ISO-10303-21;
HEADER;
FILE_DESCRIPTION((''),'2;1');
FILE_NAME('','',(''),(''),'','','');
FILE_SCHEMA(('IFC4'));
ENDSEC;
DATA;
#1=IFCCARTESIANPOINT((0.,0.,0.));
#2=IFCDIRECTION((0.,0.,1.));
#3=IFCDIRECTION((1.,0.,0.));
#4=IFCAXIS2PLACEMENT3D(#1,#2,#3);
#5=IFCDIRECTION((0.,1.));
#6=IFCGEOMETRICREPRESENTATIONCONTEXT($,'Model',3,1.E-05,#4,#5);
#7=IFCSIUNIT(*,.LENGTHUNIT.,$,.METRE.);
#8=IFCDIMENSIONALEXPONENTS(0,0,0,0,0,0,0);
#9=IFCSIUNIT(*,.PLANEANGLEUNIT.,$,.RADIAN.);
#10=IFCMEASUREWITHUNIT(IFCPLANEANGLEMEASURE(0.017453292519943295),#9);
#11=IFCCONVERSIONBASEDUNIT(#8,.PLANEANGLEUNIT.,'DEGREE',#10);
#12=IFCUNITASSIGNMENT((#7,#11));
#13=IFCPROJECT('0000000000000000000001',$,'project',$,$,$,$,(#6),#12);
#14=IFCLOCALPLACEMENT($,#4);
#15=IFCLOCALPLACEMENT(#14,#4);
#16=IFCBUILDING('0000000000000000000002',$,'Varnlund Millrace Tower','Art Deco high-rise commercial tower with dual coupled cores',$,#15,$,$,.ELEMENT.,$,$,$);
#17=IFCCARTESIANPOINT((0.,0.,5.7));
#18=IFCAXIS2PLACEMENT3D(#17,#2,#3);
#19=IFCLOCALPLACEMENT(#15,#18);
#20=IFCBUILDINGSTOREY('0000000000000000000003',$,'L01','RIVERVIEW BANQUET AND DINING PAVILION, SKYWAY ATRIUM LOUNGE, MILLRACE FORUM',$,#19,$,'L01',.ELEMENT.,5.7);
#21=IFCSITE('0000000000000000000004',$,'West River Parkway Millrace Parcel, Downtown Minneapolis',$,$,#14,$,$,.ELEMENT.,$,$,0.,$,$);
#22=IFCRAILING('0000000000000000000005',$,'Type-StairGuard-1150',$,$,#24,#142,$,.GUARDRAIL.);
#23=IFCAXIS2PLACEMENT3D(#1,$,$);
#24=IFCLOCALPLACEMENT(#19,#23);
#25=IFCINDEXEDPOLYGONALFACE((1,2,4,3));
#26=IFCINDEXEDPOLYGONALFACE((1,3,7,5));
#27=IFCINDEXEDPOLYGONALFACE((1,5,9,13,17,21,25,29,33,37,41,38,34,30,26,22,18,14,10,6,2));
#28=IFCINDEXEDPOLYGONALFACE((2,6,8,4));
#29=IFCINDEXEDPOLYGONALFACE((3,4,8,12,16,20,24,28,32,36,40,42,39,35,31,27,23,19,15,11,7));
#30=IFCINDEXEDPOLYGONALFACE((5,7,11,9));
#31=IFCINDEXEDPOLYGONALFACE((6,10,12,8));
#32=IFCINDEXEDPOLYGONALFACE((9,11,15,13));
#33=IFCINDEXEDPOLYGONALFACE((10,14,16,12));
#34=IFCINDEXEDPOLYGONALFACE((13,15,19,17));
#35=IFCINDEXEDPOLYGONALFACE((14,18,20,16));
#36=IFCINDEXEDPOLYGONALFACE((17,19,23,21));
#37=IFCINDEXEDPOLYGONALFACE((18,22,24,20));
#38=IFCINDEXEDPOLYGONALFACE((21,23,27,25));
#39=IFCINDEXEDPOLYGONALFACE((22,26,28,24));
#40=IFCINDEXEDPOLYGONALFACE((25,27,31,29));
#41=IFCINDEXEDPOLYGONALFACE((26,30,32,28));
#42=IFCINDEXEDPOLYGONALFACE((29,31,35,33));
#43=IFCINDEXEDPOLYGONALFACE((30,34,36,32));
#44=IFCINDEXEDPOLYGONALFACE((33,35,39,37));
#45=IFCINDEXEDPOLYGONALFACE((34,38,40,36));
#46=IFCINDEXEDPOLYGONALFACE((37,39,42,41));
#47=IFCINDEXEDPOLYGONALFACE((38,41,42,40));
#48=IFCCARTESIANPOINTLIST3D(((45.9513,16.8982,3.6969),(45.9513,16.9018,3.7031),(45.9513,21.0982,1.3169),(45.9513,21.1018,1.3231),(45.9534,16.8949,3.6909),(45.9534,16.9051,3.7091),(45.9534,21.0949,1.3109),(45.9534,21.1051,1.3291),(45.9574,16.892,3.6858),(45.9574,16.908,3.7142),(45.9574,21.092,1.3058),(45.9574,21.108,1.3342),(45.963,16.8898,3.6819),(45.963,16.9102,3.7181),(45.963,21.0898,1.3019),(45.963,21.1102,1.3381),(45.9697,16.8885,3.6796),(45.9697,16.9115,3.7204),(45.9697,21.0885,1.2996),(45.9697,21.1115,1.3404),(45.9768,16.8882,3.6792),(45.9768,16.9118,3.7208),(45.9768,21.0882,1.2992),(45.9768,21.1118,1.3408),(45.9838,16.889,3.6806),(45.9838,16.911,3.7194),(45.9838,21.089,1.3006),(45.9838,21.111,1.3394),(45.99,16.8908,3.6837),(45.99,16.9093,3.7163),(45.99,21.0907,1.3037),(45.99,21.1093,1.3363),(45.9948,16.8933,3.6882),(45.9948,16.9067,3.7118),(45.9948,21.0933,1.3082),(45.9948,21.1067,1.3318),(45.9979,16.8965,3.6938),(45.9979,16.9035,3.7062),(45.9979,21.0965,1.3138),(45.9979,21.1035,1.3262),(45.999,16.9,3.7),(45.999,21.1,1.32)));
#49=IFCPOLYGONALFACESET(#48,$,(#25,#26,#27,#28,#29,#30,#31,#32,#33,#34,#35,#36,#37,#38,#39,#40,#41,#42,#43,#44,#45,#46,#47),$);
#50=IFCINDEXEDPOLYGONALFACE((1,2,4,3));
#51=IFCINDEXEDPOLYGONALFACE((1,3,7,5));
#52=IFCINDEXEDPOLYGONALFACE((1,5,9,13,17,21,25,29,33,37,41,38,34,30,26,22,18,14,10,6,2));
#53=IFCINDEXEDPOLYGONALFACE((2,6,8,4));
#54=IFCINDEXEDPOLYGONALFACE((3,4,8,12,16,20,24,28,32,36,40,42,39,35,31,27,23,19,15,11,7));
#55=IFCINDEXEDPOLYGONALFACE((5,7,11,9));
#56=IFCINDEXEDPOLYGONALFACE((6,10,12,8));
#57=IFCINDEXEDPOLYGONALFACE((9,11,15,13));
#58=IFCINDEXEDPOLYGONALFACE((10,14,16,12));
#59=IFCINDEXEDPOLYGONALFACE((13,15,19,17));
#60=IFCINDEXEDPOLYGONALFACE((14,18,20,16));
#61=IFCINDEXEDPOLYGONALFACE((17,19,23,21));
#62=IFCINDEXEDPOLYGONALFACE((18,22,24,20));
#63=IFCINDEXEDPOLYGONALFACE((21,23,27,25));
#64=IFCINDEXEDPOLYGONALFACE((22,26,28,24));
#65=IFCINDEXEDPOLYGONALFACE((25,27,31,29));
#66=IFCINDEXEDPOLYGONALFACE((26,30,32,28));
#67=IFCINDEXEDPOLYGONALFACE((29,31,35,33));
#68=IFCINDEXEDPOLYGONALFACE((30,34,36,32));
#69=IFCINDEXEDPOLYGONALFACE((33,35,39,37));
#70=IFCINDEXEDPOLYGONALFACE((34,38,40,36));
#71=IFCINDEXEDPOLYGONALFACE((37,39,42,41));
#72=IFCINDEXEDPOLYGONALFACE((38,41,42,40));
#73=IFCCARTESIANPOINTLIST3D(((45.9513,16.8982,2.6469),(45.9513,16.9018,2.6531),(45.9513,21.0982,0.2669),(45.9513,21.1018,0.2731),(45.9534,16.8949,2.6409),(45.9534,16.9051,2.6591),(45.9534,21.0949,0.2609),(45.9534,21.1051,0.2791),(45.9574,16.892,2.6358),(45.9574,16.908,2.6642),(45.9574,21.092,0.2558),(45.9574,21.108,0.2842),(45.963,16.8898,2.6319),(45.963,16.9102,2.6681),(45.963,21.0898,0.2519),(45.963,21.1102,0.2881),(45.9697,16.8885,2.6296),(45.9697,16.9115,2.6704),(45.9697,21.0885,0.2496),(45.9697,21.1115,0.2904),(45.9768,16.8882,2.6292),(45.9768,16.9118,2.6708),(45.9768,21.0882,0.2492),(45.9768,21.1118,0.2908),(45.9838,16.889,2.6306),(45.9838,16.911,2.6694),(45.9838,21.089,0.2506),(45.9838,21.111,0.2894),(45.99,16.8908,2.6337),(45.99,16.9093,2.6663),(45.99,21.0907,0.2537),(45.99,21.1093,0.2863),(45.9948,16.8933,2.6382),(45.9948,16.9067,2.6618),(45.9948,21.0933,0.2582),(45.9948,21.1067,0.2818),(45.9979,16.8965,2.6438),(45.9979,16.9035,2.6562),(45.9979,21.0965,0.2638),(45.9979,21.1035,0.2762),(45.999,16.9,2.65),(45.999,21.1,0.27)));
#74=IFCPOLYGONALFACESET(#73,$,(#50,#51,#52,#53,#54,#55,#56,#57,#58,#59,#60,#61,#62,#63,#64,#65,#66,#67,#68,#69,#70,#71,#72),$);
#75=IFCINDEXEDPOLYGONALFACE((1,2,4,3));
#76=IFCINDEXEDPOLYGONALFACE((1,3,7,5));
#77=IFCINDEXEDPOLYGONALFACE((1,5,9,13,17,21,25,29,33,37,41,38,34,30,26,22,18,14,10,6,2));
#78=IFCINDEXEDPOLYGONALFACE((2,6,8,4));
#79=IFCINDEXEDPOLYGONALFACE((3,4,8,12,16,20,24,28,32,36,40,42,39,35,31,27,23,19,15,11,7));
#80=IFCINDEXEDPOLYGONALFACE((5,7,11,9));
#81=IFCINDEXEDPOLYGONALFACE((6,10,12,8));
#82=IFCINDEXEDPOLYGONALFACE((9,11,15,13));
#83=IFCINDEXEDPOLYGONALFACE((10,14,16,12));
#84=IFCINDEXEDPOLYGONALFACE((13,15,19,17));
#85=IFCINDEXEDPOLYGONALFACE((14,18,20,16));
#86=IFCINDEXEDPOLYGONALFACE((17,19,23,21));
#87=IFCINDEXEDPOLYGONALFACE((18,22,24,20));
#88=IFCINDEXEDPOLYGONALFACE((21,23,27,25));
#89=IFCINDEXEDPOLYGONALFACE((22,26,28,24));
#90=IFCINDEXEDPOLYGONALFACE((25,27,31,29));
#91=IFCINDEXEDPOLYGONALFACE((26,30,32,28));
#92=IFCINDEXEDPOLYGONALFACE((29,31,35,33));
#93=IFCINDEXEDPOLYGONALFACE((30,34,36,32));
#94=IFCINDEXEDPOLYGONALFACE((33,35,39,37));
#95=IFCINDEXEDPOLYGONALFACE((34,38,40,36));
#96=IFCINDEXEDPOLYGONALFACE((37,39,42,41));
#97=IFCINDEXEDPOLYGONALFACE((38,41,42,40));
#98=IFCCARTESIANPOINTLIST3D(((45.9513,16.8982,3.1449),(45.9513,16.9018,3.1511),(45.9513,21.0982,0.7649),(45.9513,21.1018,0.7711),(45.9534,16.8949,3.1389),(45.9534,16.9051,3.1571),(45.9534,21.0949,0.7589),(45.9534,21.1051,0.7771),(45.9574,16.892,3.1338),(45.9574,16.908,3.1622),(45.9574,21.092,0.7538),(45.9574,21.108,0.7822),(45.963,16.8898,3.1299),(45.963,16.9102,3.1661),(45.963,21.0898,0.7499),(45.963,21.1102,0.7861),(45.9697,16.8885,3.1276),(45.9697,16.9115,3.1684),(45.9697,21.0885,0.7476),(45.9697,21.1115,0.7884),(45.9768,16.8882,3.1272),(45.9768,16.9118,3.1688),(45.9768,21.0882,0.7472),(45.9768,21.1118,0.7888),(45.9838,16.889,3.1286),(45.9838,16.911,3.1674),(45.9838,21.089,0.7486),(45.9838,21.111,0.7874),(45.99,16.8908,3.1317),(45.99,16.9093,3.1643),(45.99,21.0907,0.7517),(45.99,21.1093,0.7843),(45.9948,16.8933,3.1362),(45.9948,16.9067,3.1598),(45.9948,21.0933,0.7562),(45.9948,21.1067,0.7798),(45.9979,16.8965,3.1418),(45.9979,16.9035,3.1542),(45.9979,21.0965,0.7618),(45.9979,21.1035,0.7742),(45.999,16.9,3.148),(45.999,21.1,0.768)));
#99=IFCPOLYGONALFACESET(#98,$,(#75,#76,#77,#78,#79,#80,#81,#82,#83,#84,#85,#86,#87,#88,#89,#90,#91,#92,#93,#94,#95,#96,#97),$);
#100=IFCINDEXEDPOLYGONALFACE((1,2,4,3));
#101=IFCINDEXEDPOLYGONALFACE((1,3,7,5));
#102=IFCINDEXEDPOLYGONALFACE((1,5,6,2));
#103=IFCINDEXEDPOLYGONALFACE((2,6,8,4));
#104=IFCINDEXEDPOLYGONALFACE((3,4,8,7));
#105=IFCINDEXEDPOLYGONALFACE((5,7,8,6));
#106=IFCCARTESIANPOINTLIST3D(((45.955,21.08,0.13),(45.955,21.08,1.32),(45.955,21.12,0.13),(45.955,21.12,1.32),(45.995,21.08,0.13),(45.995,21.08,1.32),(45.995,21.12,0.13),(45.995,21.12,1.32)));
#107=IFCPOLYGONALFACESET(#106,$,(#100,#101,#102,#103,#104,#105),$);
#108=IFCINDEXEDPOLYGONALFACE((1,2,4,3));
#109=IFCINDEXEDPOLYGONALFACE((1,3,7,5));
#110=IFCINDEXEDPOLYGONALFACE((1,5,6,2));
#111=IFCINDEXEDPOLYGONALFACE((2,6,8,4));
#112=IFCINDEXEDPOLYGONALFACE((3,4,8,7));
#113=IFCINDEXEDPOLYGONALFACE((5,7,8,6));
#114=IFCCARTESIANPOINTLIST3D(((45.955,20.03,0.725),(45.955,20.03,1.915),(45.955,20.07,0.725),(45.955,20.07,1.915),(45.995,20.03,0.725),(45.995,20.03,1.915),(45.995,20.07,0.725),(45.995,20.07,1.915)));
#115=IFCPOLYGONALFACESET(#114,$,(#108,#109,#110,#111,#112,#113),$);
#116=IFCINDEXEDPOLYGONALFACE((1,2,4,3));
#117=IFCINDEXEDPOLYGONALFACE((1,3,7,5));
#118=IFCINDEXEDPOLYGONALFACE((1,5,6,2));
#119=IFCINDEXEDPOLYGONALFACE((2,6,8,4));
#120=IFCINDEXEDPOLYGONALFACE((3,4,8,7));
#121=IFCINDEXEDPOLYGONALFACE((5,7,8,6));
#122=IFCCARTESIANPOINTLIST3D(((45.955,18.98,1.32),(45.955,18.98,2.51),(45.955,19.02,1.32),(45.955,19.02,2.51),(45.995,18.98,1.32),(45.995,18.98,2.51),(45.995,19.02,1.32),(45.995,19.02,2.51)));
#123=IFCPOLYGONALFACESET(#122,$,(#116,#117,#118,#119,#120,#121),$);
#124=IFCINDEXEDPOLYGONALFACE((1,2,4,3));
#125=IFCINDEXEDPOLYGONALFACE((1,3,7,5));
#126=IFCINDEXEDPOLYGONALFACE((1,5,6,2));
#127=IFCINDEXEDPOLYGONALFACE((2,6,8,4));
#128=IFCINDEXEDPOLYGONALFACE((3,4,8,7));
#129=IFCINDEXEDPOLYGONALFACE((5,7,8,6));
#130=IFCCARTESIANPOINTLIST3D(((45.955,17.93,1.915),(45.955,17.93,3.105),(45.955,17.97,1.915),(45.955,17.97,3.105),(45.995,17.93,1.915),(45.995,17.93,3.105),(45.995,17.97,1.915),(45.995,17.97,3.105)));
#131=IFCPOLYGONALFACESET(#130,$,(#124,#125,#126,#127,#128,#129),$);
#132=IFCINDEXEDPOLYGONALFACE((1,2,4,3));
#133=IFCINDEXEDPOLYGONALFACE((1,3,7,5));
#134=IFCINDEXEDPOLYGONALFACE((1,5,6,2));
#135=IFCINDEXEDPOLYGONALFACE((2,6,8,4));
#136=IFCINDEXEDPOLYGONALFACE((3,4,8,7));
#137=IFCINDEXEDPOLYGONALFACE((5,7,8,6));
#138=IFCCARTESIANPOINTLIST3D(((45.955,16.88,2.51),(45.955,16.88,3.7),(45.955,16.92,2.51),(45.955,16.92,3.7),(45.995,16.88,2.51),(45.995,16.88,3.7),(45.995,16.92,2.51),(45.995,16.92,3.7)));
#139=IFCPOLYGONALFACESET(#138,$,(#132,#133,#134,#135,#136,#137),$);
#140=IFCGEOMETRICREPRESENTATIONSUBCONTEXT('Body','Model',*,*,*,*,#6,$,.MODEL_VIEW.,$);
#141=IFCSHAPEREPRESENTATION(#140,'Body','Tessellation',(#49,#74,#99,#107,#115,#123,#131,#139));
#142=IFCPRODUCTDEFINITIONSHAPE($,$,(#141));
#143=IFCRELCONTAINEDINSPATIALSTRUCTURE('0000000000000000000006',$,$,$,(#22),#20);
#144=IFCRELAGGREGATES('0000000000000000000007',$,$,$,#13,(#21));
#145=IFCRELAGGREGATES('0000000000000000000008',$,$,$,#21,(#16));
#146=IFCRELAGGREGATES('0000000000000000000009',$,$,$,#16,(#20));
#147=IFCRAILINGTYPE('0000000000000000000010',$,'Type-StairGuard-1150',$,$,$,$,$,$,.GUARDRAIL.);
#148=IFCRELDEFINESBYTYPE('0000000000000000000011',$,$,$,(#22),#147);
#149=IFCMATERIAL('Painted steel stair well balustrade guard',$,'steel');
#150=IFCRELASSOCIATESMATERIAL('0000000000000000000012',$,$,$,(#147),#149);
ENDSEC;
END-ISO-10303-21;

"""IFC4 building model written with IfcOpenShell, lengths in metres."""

from ifc_helpers import new_model, entity, si_unit, converted_unit, direction, frame, origin_with_axes, origin_2d_with_axis, place, context, subcontext, project, spatial, rectangle, circle, extrude, material, type_object, element, save


model = new_model("IFC4")

# Units and contexts
model_context = context("Model", 3, precision=1e-05, world=origin_with_axes(), true_north=direction((0.0, 1.0)))
body_context = subcontext(model_context, "Body", "Model", "MODEL_VIEW")
ifc_project = project(units=[si_unit("LENGTHUNIT", "METRE"), converted_unit("PLANEANGLEUNIT", "DEGREE", entity("IfcPlaneAngleMeasure", 0.017453292519943295), si_unit("PLANEANGLEUNIT", "RADIAN"), dimensions=[0, 0, 0, 0, 0, 0, 0])], contexts=[model_context])

# Site, building, storey
site_placement = place(None, origin_with_axes())
site = spatial("IfcSite", under=ifc_project, at=site_placement, Name="West River Parkway Millrace Parcel, Downtown Minneapolis", CompositionType="ELEMENT", RefElevation=0.0)
building_placement = place(site_placement, origin_with_axes())
building = spatial("IfcBuilding", under=site, at=building_placement, Name="Varnlund Millrace Tower", Description="Art Deco high-rise commercial tower with dual coupled cores", CompositionType="ELEMENT")
storey_placement = place(building_placement, frame((0.0, 0.0, 5.7), z_axis=(0.0, 0.0, 1.0), x_axis=(1.0, 0.0, 0.0)))
storey = spatial("IfcBuildingStorey", under=building, at=storey_placement, Name="L01", Description="RIVERVIEW BANQUET AND DINING PAVILION, SKYWAY ATRIUM LOUNGE, MILLRACE FORUM", LongName="L01", CompositionType="ELEMENT", Elevation=5.7)

# Railing
ifc_material_1 = material(Name="Painted steel stair well balustrade guard", Category="steel")
railing_type_1 = type_object("IfcRailingType", Name="Type-StairGuard-1150", PredefinedType="GUARDRAIL", material=ifc_material_1)
railing_1_placement = place(storey_placement, frame((0.0, 0.0, -5.7), z_axis=(0.0, 0.0, 1.0), x_axis=(1.0, 0.0, 0.0)))
element("IfcRailing", 1, at=railing_1_placement, inside=storey, type_object=railing_type_1, Name="Type-StairGuard-1150", PredefinedType="GUARDRAIL", context=body_context, shape_type="SweptSolid", body=[
    extrude(circle(Radius=0.024, at=origin_2d_with_axis()), frame((45.975, 21.1, 7.02), z_axis=(0.0, -0.870022, 0.493013), x_axis=(1.0, 0.0, 0.0)), (0.0, 0.0, 1.0), 4.8275),
    extrude(circle(Radius=0.024, at=origin_2d_with_axis()), frame((45.975, 21.1, 5.97), z_axis=(0.0, -0.870022, 0.493013), x_axis=(1.0, 0.0, 0.0)), (0.0, 0.0, 1.0), 4.8275),
    extrude(circle(Radius=0.024, at=origin_2d_with_axis()), frame((45.975, 21.1, 6.468), z_axis=(0.0, -0.870022, 0.493013), x_axis=(1.0, 0.0, 0.0)), (0.0, 0.0, 1.0), 4.8275),
    extrude(rectangle(XDim=0.04, YDim=0.04, at=origin_2d_with_axis()), frame((45.975, 21.1, 5.83), z_axis=(0.0, 0.0, 1.0), x_axis=(1.0, 0.0, 0.0)), (0.0, 0.0, 1.0), 1.19),
    extrude(rectangle(XDim=0.04, YDim=0.04, at=origin_2d_with_axis()), frame((45.975, 20.05, 6.425), z_axis=(0.0, 0.0, 1.0), x_axis=(1.0, 0.0, 0.0)), (0.0, 0.0, 1.0), 1.19),
    extrude(rectangle(XDim=0.04, YDim=0.04, at=origin_2d_with_axis()), frame((45.975, 19.0, 7.02), z_axis=(0.0, 0.0, 1.0), x_axis=(1.0, 0.0, 0.0)), (0.0, 0.0, 1.0), 1.19),
    extrude(rectangle(XDim=0.04, YDim=0.04, at=origin_2d_with_axis()), frame((45.975, 17.95, 7.615), z_axis=(0.0, 0.0, 1.0), x_axis=(1.0, 0.0, 0.0)), (0.0, 0.0, 1.0), 1.19),
    extrude(rectangle(XDim=0.04, YDim=0.04, at=origin_2d_with_axis()), frame((45.975, 16.9, 8.21), z_axis=(0.0, 0.0, 1.0), x_axis=(1.0, 0.0, 0.0)), (0.0, 0.0, 1.0), 1.19),
])

save(model, "model.ifc")
